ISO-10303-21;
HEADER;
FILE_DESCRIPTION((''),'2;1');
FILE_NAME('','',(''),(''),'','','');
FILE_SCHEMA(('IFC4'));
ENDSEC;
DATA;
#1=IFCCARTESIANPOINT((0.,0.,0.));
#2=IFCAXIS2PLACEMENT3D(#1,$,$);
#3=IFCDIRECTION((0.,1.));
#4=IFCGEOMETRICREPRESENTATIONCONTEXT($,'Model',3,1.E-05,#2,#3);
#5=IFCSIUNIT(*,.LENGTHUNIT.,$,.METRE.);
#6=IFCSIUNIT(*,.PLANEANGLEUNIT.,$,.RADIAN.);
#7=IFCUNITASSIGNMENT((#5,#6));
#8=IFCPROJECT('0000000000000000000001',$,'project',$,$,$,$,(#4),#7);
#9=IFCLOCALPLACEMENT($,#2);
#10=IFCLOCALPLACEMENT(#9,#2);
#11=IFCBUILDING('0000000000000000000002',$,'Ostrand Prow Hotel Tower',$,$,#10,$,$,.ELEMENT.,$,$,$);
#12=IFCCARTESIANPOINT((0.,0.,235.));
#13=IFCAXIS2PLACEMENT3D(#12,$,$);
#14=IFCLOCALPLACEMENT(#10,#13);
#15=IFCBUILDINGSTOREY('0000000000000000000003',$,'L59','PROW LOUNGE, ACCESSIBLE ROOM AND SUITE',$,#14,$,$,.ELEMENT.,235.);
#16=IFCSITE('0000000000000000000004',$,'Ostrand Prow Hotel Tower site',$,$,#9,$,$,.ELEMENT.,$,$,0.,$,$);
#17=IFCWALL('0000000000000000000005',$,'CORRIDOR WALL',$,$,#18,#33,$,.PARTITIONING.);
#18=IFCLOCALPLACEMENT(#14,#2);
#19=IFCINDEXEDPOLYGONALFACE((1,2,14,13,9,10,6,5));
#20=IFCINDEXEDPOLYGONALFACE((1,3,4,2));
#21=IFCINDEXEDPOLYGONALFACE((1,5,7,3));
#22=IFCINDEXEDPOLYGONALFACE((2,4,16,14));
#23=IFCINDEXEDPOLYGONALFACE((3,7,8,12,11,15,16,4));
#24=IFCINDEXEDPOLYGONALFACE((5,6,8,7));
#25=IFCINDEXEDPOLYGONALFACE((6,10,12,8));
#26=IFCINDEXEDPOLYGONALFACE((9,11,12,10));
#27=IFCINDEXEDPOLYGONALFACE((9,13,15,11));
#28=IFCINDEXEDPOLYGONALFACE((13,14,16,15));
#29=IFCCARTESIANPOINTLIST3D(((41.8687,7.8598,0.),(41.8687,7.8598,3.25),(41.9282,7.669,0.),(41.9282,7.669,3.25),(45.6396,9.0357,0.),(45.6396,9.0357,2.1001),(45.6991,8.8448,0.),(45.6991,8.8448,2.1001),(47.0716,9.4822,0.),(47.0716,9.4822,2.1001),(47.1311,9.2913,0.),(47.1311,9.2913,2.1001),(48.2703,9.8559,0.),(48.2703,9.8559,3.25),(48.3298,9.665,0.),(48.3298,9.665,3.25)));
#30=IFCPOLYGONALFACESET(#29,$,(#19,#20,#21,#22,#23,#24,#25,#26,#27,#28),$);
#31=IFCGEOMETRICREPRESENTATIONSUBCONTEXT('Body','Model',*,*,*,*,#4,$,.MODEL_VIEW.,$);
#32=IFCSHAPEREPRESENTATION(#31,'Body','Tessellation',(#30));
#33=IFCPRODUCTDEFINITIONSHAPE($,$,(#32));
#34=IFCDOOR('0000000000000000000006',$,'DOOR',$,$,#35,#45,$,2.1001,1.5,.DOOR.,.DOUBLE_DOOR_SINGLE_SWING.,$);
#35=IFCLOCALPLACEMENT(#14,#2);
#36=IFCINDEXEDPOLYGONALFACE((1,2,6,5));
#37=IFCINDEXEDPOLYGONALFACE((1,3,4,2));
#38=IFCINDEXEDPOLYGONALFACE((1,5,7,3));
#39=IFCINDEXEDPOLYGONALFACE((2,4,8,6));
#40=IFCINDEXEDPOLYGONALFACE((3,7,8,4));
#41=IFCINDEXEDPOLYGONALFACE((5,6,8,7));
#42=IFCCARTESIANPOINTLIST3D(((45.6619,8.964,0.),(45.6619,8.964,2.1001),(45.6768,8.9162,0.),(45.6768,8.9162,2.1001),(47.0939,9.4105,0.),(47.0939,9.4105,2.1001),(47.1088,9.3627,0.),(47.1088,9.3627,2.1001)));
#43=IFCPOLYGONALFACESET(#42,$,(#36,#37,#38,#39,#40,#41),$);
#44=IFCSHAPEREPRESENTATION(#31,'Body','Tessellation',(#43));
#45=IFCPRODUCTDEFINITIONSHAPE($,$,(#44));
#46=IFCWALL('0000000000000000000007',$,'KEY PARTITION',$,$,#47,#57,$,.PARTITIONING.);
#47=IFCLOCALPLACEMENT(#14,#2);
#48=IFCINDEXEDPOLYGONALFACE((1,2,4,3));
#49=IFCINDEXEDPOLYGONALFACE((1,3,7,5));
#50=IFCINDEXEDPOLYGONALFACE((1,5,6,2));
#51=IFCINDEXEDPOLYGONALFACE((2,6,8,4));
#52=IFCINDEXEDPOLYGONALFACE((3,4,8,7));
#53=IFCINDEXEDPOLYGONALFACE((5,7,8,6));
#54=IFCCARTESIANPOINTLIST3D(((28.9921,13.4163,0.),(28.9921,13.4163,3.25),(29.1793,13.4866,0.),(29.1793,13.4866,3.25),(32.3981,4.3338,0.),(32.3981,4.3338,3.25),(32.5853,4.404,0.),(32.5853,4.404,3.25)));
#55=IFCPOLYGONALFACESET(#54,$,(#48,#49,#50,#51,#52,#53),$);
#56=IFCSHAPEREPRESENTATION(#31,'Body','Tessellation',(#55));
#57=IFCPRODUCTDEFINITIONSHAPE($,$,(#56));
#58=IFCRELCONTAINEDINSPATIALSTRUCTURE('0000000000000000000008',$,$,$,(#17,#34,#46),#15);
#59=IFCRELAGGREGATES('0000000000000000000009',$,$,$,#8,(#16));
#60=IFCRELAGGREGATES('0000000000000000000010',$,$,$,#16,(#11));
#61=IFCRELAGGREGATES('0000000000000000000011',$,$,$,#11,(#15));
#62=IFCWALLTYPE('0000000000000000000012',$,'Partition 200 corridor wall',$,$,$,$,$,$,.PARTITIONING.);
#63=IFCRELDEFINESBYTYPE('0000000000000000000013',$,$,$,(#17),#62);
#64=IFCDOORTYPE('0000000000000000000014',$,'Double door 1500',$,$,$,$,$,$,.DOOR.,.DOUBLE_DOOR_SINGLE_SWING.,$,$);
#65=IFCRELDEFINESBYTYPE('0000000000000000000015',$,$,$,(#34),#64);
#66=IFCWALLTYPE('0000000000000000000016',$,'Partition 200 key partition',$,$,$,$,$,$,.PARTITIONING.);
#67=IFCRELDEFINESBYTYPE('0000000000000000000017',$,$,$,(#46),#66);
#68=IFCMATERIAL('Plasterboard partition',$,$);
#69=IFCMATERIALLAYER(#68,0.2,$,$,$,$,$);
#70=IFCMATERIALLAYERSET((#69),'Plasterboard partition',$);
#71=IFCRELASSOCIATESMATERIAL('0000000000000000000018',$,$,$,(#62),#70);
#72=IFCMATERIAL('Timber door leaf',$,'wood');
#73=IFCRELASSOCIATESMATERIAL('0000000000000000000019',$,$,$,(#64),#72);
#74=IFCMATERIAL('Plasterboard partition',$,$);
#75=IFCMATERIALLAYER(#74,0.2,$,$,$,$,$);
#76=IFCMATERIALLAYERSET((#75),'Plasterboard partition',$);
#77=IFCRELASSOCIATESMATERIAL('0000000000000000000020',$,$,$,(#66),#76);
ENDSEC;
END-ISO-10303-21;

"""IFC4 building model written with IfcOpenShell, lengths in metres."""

from ifc_helpers import new_model, si_unit, direction, frame, frame_2d, origin, place, context, subcontext, project, spatial, rectangle, extrude, material, layer, layer_set, type_object, element, fill, save


model = new_model("IFC4")

# Units and contexts
model_context = context("Model", 3, precision=1e-05, world=origin(), true_north=direction((0.0, 1.0)))
body_context = subcontext(model_context, "Body", "Model", "MODEL_VIEW")
ifc_project = project(units=[si_unit("LENGTHUNIT", "METRE"), si_unit("PLANEANGLEUNIT", "RADIAN")], contexts=[model_context])

# Site, building, storey
site_placement = place(None, origin())
site = spatial("IfcSite", under=ifc_project, at=site_placement, Name="Ostrand Prow Hotel Tower site", CompositionType="ELEMENT", RefElevation=0.0)
building_placement = place(site_placement, origin())
building = spatial("IfcBuilding", under=site, at=building_placement, Name="Ostrand Prow Hotel Tower", CompositionType="ELEMENT")
storey_placement = place(building_placement, frame((0.0, 0.0, 235.0)))
storey = spatial("IfcBuildingStorey", under=building, at=storey_placement, Name="L59", Description="PROW LOUNGE, ACCESSIBLE ROOM AND SUITE", CompositionType="ELEMENT", Elevation=235.0)

# Shared definitions
ifc_material_1 = material(Name="Plasterboard partition")
ifc_layer_1 = layer(ifc_material_1, 0.2)
ifc_layer_set_1 = layer_set([ifc_layer_1], Name="Plasterboard partition")
wall_type_1 = type_object("IfcWallType", Name="Partition 200 corridor wall", PredefinedType="PARTITIONING", material=ifc_layer_set_1)

# Wall, opening, door
wall_1_placement = place(storey_placement, frame((41.8984, 7.7644, 0.0), z_axis=(0.0, 0.0, 1.0), x_axis=(0.954667, 0.297676, 0.0)))
wall_1 = element("IfcWall", 1, at=wall_1_placement, inside=storey, type_object=wall_type_1, Name="CORRIDOR WALL", PredefinedType="PARTITIONING", context=body_context, shape_type="SweptSolid", body=[
    extrude(rectangle(XDim=6.7056, YDim=0.2, at=frame_2d((3.3528, 0.0))), origin(), (0.0, 0.0, 1.0), 3.25),
])
opening_1_placement = place(wall_1_placement, frame((3.95, 0.0, 0.0)))
opening_1 = element("IfcOpeningElement", 2, at=opening_1_placement, cuts=wall_1, PredefinedType="OPENING", context=body_context, shape_type="SweptSolid", body=[
    extrude(rectangle(XDim=1.5, YDim=2.1001, at=frame_2d((0.75, 1.05))), frame((0.0, 0.1099, 0.0), z_axis=(0.0, -1.0, 0.0), x_axis=(1.0, 0.0, 0.0)), (0.0, 0.0, 1.0), 0.22),
])
ifc_material_2 = material(Name="Timber door leaf", Category="wood")
door_type_1 = type_object("IfcDoorType", Name="Double door 1500", OperationType="DOUBLE_DOOR_SINGLE_SWING", PredefinedType="DOOR", material=ifc_material_2)
door_1_placement = place(opening_1_placement, origin())
door_1 = element("IfcDoor", 3, at=door_1_placement, inside=storey, type_object=door_type_1, Name="DOOR", OperationType="DOUBLE_DOOR_SINGLE_SWING", OverallHeight=2.1001, OverallWidth=1.5, PredefinedType="DOOR", context=body_context, shape_type="SweptSolid", body=[
    extrude(rectangle(XDim=1.5, YDim=2.1001, at=frame_2d((0.75, 1.05))), frame((0.0, 0.0249, 0.0), z_axis=(0.0, -1.0, 0.0), x_axis=(1.0, 0.0, 0.0)), (0.0, 0.0, 1.0), 0.05),
])
fill(opening_1, door_1)

# Wall
ifc_material_3 = material(Name="Plasterboard partition")
ifc_layer_2 = layer(ifc_material_3, 0.2)
ifc_layer_set_2 = layer_set([ifc_layer_2], Name="Plasterboard partition")
wall_type_2 = type_object("IfcWallType", Name="Partition 200 key partition", PredefinedType="PARTITIONING", material=ifc_layer_set_2)
wall_2_placement = place(storey_placement, frame((32.4917, 4.3689, 0.0), z_axis=(0.0, 0.0, 1.0), x_axis=(-0.351129, 0.936327, 0.0)))
element("IfcWall", 4, at=wall_2_placement, inside=storey, type_object=wall_type_2, Name="KEY PARTITION", PredefinedType="PARTITIONING", context=body_context, shape_type="SweptSolid", body=[
    extrude(rectangle(XDim=9.7002, YDim=0.2, at=frame_2d((4.8501, 0.0))), origin(), (0.0, 0.0, 1.0), 3.25),
])

save(model, "model.ifc")
